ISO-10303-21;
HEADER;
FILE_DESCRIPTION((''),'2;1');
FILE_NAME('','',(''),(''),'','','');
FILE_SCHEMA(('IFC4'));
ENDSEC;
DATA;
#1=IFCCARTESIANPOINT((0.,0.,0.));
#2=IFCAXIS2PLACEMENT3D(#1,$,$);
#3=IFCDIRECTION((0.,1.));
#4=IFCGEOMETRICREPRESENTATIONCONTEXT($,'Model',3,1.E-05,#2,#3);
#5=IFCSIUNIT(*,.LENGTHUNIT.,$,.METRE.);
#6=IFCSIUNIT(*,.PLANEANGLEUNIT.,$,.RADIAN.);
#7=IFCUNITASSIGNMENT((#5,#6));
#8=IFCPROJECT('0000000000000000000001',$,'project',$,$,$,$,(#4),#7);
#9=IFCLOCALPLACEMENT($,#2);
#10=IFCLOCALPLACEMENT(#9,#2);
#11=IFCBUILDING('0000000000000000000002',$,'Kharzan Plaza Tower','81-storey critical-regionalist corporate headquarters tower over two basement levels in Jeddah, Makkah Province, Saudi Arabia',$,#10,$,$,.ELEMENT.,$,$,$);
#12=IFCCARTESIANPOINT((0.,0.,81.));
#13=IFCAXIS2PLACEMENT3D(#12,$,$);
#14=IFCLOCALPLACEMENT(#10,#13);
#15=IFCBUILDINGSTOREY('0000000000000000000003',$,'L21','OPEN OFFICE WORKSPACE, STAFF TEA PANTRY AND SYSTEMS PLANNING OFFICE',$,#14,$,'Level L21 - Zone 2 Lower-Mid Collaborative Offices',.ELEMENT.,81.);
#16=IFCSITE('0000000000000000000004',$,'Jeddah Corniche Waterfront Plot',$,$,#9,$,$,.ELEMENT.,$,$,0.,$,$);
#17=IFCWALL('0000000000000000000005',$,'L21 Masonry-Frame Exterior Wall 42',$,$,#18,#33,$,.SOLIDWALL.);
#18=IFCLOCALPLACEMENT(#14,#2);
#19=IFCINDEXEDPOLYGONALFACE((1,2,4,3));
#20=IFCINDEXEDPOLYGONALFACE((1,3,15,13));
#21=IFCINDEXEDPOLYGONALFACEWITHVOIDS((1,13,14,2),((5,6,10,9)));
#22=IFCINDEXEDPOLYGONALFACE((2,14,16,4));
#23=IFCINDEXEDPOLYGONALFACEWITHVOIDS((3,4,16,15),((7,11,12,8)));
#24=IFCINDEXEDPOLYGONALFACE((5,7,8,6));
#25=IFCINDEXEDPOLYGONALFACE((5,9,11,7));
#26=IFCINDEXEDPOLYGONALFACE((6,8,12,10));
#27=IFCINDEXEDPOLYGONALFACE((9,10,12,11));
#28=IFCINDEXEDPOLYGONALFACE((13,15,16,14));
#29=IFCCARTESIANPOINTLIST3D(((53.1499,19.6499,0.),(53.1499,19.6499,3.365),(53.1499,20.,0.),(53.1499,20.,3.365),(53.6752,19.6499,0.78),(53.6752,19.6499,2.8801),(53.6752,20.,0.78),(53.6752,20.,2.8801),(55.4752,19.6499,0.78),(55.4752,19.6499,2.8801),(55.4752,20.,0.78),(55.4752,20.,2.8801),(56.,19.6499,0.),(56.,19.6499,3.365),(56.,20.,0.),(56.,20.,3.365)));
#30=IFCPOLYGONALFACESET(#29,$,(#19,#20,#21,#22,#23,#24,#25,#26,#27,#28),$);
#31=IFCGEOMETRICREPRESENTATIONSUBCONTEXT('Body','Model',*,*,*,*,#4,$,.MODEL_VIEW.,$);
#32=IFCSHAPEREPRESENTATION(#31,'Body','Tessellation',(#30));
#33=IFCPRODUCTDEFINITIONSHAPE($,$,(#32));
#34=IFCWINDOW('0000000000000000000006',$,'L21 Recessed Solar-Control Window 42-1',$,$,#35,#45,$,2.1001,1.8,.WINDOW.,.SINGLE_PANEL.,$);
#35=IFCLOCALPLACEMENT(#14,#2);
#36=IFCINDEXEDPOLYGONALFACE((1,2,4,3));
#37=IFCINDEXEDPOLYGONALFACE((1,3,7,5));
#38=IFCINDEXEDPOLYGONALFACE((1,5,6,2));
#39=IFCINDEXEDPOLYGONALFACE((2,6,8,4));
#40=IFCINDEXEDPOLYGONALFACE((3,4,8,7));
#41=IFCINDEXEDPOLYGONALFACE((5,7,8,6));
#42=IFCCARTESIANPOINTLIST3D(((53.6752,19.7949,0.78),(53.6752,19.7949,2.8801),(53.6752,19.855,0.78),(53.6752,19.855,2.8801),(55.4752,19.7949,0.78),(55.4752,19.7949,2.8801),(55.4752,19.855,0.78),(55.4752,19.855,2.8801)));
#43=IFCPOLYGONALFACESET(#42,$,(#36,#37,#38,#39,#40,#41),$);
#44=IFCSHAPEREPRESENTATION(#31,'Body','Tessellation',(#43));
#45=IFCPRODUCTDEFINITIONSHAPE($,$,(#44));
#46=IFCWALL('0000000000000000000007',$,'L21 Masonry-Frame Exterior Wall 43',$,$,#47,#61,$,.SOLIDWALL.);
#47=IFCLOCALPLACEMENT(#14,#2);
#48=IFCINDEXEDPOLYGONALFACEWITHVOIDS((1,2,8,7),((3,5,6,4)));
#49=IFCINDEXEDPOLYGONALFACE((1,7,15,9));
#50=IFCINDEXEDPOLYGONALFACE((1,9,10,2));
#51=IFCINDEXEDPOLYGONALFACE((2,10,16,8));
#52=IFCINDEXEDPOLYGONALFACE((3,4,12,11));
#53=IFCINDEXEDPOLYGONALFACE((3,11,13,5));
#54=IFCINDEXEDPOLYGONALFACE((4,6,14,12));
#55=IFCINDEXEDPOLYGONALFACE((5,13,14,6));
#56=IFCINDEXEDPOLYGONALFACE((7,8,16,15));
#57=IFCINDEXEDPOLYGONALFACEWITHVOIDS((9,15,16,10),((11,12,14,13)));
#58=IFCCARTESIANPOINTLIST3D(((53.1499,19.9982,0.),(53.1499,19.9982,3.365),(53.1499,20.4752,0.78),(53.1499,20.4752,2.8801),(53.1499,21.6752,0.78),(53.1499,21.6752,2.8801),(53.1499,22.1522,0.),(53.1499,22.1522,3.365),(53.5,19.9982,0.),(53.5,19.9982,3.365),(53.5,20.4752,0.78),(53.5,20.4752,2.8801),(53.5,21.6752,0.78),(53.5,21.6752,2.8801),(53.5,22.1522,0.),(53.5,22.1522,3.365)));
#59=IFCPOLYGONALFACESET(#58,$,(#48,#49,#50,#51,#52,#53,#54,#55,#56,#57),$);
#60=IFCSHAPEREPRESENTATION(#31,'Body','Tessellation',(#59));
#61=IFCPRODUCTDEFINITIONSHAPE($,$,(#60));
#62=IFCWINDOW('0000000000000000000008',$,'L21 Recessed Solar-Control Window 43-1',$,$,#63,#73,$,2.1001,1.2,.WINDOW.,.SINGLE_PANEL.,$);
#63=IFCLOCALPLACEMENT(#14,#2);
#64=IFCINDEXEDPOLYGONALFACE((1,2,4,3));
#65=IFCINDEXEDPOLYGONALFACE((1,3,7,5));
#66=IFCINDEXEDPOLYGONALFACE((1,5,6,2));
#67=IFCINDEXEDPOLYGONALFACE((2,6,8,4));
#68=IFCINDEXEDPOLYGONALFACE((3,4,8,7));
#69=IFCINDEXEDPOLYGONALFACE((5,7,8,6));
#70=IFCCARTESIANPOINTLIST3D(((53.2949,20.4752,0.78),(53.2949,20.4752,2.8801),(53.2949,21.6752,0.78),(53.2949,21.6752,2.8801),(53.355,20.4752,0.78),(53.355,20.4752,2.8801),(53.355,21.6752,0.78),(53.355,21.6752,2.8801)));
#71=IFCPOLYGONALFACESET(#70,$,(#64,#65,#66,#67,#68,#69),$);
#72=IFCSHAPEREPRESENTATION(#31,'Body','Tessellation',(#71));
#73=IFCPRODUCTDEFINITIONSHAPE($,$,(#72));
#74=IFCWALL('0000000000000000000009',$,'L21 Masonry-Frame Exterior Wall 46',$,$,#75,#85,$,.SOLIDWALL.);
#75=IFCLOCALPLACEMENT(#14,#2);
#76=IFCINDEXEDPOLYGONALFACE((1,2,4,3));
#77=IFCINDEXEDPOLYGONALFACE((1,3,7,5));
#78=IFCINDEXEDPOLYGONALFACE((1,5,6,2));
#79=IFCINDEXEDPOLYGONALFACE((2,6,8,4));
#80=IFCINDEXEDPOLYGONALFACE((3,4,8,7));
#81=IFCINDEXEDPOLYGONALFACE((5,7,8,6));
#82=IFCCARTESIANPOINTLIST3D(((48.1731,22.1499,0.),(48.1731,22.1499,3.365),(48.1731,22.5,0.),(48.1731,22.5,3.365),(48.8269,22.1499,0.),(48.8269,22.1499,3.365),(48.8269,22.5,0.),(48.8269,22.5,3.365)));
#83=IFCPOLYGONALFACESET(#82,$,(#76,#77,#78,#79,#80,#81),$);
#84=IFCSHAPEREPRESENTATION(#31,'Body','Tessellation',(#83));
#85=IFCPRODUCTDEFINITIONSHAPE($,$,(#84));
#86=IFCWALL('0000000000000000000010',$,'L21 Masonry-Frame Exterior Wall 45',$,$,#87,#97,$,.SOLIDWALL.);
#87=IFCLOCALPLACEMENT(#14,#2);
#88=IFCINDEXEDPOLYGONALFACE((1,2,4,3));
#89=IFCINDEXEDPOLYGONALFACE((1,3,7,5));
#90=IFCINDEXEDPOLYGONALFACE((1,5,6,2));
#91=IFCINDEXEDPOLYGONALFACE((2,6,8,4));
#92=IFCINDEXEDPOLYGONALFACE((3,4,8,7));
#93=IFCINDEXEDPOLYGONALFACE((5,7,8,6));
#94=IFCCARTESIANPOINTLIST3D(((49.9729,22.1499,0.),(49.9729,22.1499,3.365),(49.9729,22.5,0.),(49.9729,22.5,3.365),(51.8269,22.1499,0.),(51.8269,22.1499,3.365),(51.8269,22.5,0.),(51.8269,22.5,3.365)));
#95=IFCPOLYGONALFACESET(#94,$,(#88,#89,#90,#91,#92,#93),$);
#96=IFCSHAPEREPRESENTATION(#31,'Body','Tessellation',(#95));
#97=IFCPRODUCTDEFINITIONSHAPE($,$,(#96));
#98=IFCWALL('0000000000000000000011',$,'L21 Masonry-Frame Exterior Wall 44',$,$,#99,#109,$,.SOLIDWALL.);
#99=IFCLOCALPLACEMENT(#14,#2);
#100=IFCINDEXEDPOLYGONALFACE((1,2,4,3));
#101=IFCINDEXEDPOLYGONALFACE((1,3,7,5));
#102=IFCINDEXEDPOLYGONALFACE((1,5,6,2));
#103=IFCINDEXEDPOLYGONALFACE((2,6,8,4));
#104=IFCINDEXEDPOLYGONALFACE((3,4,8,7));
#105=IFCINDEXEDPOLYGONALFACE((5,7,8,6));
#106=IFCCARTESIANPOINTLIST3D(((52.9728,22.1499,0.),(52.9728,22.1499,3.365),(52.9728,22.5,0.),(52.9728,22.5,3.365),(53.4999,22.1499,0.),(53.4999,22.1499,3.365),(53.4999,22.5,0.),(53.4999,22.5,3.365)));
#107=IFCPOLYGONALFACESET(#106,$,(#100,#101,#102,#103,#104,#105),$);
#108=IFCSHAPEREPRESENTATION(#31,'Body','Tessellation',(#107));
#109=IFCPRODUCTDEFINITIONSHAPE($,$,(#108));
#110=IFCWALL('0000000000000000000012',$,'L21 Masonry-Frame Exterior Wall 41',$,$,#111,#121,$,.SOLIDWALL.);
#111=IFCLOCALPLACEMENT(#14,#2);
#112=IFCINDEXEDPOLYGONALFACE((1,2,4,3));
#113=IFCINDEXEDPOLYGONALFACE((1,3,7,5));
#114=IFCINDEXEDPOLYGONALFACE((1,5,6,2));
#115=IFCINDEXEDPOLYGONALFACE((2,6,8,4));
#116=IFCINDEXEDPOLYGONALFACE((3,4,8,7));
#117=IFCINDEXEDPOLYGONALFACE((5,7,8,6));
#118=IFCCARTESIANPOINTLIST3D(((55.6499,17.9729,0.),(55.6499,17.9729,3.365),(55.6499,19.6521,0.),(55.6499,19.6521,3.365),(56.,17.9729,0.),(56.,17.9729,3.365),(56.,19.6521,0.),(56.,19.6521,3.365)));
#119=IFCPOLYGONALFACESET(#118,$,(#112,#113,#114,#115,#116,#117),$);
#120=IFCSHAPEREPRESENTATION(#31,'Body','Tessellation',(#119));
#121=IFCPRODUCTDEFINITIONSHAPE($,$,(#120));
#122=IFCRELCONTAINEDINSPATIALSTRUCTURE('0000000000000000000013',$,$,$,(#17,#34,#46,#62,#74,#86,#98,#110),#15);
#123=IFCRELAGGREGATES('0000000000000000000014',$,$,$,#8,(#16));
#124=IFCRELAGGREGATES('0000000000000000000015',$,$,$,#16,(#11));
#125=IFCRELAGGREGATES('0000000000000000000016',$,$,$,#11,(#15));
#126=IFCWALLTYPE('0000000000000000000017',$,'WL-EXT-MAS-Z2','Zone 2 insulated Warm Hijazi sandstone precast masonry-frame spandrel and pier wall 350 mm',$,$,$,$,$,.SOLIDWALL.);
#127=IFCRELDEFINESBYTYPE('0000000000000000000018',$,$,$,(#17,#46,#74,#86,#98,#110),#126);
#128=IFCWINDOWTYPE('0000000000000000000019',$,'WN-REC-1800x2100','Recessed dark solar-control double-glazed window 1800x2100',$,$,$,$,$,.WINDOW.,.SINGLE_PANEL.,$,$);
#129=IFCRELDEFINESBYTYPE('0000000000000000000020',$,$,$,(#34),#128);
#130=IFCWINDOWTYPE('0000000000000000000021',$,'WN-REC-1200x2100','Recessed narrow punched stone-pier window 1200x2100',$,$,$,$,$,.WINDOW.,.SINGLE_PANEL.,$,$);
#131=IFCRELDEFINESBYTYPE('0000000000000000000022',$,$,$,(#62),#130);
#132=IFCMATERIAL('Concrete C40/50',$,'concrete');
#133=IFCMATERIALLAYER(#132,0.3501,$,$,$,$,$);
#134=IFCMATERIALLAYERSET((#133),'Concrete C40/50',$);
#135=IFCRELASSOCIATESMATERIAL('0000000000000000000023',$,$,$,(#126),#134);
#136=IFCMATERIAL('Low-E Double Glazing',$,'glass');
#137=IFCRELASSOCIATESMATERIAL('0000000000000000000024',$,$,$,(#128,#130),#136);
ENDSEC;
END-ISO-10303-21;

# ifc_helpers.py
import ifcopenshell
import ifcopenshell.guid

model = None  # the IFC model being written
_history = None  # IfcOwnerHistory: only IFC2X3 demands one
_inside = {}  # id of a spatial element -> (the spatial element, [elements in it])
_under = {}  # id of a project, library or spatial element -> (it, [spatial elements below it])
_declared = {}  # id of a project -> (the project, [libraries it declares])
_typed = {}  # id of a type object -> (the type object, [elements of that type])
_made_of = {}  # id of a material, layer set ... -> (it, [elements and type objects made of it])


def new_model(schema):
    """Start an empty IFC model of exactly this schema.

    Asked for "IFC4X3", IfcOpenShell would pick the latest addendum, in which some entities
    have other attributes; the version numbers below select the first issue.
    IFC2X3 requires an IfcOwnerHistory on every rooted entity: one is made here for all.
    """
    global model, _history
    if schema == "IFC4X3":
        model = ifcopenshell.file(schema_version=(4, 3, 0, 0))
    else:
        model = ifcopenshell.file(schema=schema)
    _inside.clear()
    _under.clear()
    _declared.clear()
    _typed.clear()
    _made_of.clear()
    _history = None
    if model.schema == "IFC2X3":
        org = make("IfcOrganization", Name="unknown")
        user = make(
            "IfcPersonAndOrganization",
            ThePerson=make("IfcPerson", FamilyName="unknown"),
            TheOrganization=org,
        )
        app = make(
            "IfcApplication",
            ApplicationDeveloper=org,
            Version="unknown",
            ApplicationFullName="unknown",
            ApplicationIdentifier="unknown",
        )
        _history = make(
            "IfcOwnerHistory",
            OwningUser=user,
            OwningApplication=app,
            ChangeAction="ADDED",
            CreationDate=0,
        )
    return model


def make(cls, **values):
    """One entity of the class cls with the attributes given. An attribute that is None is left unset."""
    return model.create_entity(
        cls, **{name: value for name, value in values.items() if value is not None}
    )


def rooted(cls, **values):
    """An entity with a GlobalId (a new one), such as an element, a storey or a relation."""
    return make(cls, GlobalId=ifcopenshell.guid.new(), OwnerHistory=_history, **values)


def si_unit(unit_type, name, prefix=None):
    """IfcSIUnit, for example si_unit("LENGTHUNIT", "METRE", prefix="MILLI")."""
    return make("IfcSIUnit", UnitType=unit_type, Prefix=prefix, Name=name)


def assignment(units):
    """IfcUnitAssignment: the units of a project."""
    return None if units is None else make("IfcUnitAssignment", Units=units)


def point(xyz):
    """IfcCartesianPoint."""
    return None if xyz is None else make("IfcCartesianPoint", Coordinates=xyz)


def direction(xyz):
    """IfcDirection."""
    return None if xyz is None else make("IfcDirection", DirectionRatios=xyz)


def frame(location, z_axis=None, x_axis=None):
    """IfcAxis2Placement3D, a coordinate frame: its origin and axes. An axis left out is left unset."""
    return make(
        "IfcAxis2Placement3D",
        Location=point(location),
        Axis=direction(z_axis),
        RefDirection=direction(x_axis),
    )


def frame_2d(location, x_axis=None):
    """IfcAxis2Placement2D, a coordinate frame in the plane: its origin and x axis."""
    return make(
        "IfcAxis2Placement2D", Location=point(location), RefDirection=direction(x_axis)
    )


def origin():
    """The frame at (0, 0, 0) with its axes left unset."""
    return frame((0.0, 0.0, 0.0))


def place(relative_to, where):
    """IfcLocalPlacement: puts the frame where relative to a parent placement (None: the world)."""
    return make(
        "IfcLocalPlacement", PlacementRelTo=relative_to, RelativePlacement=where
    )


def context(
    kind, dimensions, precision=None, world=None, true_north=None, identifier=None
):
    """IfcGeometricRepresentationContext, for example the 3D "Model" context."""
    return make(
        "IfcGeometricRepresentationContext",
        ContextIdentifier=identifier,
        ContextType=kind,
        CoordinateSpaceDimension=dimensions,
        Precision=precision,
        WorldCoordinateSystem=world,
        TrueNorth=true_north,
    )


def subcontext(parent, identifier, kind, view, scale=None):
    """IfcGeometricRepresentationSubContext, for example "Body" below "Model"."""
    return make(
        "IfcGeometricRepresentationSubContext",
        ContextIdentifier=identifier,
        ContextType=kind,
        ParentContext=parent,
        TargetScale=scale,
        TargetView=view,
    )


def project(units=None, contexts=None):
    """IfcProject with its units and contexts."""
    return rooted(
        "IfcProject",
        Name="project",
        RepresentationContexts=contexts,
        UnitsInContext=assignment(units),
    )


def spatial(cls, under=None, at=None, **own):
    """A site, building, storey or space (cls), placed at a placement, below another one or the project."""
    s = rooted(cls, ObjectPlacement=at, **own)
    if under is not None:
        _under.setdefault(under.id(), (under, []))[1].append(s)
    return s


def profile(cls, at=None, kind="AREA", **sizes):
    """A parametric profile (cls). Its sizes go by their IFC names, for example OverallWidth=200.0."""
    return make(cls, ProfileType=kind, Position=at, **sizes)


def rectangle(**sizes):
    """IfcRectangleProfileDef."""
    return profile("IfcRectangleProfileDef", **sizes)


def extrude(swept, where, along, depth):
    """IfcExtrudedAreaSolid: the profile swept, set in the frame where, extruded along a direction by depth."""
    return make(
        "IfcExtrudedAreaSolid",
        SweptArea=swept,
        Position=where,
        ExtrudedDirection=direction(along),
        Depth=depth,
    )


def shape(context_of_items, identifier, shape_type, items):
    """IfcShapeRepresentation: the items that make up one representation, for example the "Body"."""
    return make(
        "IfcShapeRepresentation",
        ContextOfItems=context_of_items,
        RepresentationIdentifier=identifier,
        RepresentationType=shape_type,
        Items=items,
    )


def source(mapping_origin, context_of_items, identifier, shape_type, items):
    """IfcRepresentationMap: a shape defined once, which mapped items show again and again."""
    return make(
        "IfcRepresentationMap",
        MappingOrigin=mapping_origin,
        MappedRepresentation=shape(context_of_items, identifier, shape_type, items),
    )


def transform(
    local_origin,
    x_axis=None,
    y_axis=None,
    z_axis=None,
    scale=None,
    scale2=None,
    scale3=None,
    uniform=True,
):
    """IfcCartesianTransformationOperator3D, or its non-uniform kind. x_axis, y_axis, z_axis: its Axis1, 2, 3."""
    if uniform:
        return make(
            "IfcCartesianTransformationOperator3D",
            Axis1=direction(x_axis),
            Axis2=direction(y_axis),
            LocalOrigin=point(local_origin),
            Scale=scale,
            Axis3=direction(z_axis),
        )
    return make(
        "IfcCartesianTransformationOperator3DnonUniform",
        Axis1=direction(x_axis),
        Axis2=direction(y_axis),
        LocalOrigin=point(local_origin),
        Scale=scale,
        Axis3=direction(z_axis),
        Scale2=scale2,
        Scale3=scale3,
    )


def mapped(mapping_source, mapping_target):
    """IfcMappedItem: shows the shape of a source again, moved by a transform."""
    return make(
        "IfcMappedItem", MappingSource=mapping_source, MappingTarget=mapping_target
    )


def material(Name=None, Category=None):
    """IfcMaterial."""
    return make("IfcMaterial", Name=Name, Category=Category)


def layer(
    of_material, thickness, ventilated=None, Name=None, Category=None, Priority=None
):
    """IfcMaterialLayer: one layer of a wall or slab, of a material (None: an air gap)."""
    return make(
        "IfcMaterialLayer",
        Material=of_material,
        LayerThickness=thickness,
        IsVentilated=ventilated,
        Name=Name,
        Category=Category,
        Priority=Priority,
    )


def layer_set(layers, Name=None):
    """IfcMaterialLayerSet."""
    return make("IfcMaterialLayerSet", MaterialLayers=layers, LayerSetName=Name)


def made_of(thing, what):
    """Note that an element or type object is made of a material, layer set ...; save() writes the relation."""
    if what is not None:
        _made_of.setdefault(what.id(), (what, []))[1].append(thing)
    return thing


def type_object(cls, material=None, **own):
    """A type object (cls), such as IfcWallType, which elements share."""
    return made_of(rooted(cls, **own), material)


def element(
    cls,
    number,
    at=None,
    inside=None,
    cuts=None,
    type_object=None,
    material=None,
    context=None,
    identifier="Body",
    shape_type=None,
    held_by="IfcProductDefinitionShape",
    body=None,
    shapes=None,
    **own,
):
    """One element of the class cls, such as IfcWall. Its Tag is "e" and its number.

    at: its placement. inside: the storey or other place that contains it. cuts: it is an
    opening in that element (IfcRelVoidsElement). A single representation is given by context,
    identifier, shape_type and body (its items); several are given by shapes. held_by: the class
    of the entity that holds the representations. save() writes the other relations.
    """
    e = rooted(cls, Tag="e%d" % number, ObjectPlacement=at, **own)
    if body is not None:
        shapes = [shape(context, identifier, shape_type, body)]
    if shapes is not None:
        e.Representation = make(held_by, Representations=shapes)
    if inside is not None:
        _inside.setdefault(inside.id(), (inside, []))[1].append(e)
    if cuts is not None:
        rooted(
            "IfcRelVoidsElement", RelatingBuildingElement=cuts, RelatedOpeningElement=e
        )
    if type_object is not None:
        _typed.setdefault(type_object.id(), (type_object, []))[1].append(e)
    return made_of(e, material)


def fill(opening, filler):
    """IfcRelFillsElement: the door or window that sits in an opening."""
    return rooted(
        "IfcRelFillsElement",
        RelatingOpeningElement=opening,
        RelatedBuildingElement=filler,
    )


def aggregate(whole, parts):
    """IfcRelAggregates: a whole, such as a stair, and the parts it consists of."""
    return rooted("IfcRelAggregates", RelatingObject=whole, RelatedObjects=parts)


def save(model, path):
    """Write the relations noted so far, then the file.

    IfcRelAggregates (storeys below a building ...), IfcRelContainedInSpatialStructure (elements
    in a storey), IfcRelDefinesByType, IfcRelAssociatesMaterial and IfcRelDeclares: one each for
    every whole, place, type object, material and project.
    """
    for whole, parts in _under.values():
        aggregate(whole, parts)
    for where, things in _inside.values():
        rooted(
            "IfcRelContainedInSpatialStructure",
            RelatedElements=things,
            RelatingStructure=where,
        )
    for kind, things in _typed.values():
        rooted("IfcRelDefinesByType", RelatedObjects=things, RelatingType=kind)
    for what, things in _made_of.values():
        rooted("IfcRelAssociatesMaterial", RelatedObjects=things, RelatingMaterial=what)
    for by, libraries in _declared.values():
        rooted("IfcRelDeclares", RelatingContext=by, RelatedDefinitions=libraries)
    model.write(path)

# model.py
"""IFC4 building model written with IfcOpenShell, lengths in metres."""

from ifc_helpers import new_model, si_unit, direction, frame, frame_2d, origin, place, context, subcontext, project, spatial, rectangle, extrude, source, transform, mapped, material, layer, layer_set, type_object, element, fill, save


model = new_model("IFC4")

# Units and contexts
model_context = context("Model", 3, precision=1e-05, world=origin(), true_north=direction((0.0, 1.0)))
body_context = subcontext(model_context, "Body", "Model", "MODEL_VIEW")
ifc_project = project(units=[si_unit("LENGTHUNIT", "METRE"), si_unit("PLANEANGLEUNIT", "RADIAN")], contexts=[model_context])

# Site, building, storey
site_placement = place(None, origin())
site = spatial("IfcSite", under=ifc_project, at=site_placement, Name="Jeddah Corniche Waterfront Plot", CompositionType="ELEMENT", RefElevation=0.0)
building_placement = place(site_placement, origin())
building = spatial("IfcBuilding", under=site, at=building_placement, Name="Kharzan Plaza Tower", Description="81-storey critical-regionalist corporate headquarters tower over two basement levels in Jeddah, Makkah Province, Saudi Arabia", CompositionType="ELEMENT")
storey_placement = place(building_placement, frame((0.0, 0.0, 81.0)))
storey = spatial("IfcBuildingStorey", under=building, at=storey_placement, Name="L21", Description="OPEN OFFICE WORKSPACE, STAFF TEA PANTRY AND SYSTEMS PLANNING OFFICE", LongName="Level L21 - Zone 2 Lower-Mid Collaborative Offices", CompositionType="ELEMENT", Elevation=81.0)

# Walls, openings, windows
ifc_material_1 = material(Name="Concrete C40/50", Category="concrete")
ifc_layer = layer(ifc_material_1, 0.3501)
ifc_layer_set = layer_set([ifc_layer], Name="Concrete C40/50")
wall_type = type_object("IfcWallType", Name="WL-EXT-MAS-Z2", Description="Zone 2 insulated Warm Hijazi sandstone precast masonry-frame spandrel and pier wall 350 mm", PredefinedType="SOLIDWALL", material=ifc_layer_set)
ifc_material_2 = material(Name="Low-E Double Glazing", Category="glass")
window_type_1 = type_object("IfcWindowType", Name="WN-REC-1800x2100", Description="Recessed dark solar-control double-glazed window 1800x2100", PartitioningType="SINGLE_PANEL", PredefinedType="WINDOW", material=ifc_material_2)
shared_shape_1 = source(origin(), body_context, "Body", "SweptSolid", [
    extrude(rectangle(XDim=1.8, YDim=2.1001, at=frame_2d((0.8999, 1.05))), frame((0.0, 0.03, 0.0), z_axis=(0.0, -1.0, 0.0), x_axis=(1.0, 0.0, 0.0)), (0.0, 0.0, 1.0), 0.0601),
])
wall_1_placement = place(storey_placement, frame((56.0, 19.825, 0.0), z_axis=(0.0, 0.0, 1.0), x_axis=(-1.0, 0.0, 0.0)))
wall_1 = element("IfcWall", 1, at=wall_1_placement, inside=storey, type_object=wall_type, Name="L21 Masonry-Frame Exterior Wall 42", PredefinedType="SOLIDWALL", context=body_context, shape_type="SweptSolid", body=[
    extrude(rectangle(XDim=2.8501, YDim=0.3501, at=frame_2d((1.425, 0.0))), origin(), (0.0, 0.0, 1.0), 3.365),
])
opening_1_placement = place(wall_1_placement, frame((0.5249, 0.0, 0.78)))
opening_1 = element("IfcOpeningElement", 2, at=opening_1_placement, cuts=wall_1, PredefinedType="OPENING", context=body_context, shape_type="SweptSolid", body=[
    extrude(rectangle(XDim=1.8, YDim=2.1001, at=frame_2d((0.8999, 1.05))), frame((0.0, 0.1851, 0.0), z_axis=(0.0, -1.0, 0.0), x_axis=(1.0, 0.0, 0.0)), (0.0, 0.0, 1.0), 0.3701),
])
window_1_placement = place(opening_1_placement, origin())
window_1 = element("IfcWindow", 3, at=window_1_placement, inside=storey, type_object=window_type_1, Name="L21 Recessed Solar-Control Window 42-1", OverallHeight=2.1001, OverallWidth=1.8, PartitioningType="SINGLE_PANEL", PredefinedType="WINDOW", context=body_context, shape_type="MappedRepresentation", body=[
    mapped(shared_shape_1, transform((0.0, 0.0, 0.0), x_axis=(1.0, 0.0, 0.0), y_axis=(0.0, 1.0, 0.0), z_axis=(0.0, 0.0, 1.0))),
])
fill(opening_1, window_1)
wall_2_placement = place(storey_placement, frame((53.325, 19.998, 0.0), z_axis=(0.0, 0.0, 1.0), x_axis=(0.0, 1.0, 0.0)))
wall_2 = element("IfcWall", 4, at=wall_2_placement, inside=storey, type_object=wall_type, Name="L21 Masonry-Frame Exterior Wall 43", PredefinedType="SOLIDWALL", context=body_context, shape_type="SweptSolid", body=[
    extrude(rectangle(XDim=2.1541, YDim=0.3501, at=frame_2d((1.0771, 0.0))), origin(), (0.0, 0.0, 1.0), 3.365),
])
opening_2_placement = place(wall_2_placement, frame((0.4771, 0.0, 0.78)))
opening_2 = element("IfcOpeningElement", 5, at=opening_2_placement, cuts=wall_2, PredefinedType="OPENING", context=body_context, shape_type="SweptSolid", body=[
    extrude(rectangle(XDim=1.2, YDim=2.1001, at=frame_2d((0.6001, 1.05))), frame((0.0, 0.1851, 0.0), z_axis=(0.0, -1.0, 0.0), x_axis=(1.0, 0.0, 0.0)), (0.0, 0.0, 1.0), 0.3701),
])
window_type_2 = type_object("IfcWindowType", Name="WN-REC-1200x2100", Description="Recessed narrow punched stone-pier window 1200x2100", PartitioningType="SINGLE_PANEL", PredefinedType="WINDOW", material=ifc_material_2)
shared_shape_2 = source(origin(), body_context, "Body", "SweptSolid", [
    extrude(rectangle(XDim=1.2, YDim=2.1001, at=frame_2d((0.6001, 1.05))), frame((0.0, 0.03, 0.0), z_axis=(0.0, -1.0, 0.0), x_axis=(1.0, 0.0, 0.0)), (0.0, 0.0, 1.0), 0.0601),
])
window_2_placement = place(opening_2_placement, origin())
window_2 = element("IfcWindow", 6, at=window_2_placement, inside=storey, type_object=window_type_2, Name="L21 Recessed Solar-Control Window 43-1", OverallHeight=2.1001, OverallWidth=1.2, PartitioningType="SINGLE_PANEL", PredefinedType="WINDOW", context=body_context, shape_type="MappedRepresentation", body=[
    mapped(shared_shape_2, transform((0.0, 0.0, 0.0), x_axis=(1.0, 0.0, 0.0), y_axis=(0.0, 1.0, 0.0), z_axis=(0.0, 0.0, 1.0))),
])
fill(opening_2, window_2)

# Walls
shared_shape_3 = source(origin(), body_context, "Body", "SweptSolid", [
    extrude(rectangle(XDim=0.6538, YDim=0.3501, at=frame_2d((0.3269, 0.0))), origin(), (0.0, 0.0, 1.0), 3.365),
])
wall_3_placement = place(storey_placement, frame((48.8269, 22.325, 0.0), z_axis=(0.0, 0.0, 1.0), x_axis=(-1.0, 0.0, 0.0)))
element("IfcWall", 7, at=wall_3_placement, inside=storey, type_object=wall_type, Name="L21 Masonry-Frame Exterior Wall 46", PredefinedType="SOLIDWALL", context=body_context, shape_type="MappedRepresentation", body=[
    mapped(shared_shape_3, transform((0.0, 0.0, 0.0), x_axis=(1.0, 0.0, 0.0), y_axis=(0.0, 1.0, 0.0), z_axis=(0.0, 0.0, 1.0))),
])
shared_shape_4 = source(origin(), body_context, "Body", "SweptSolid", [
    extrude(rectangle(XDim=1.854, YDim=0.3501, at=frame_2d((0.927, 0.0))), origin(), (0.0, 0.0, 1.0), 3.365),
])
wall_4_placement = place(storey_placement, frame((51.8269, 22.325, 0.0), z_axis=(0.0, 0.0, 1.0), x_axis=(-1.0, 0.0, 0.0)))
element("IfcWall", 8, at=wall_4_placement, inside=storey, type_object=wall_type, Name="L21 Masonry-Frame Exterior Wall 45", PredefinedType="SOLIDWALL", context=body_context, shape_type="MappedRepresentation", body=[
    mapped(shared_shape_4, transform((0.0, 0.0, 0.0), x_axis=(1.0, 0.0, 0.0), y_axis=(0.0, 1.0, 0.0), z_axis=(0.0, 0.0, 1.0))),
])
shared_shape_5 = source(origin(), body_context, "Body", "SweptSolid", [
    extrude(rectangle(XDim=0.5271, YDim=0.3501, at=frame_2d((0.2637, 0.0))), origin(), (0.0, 0.0, 1.0), 3.365),
])
wall_5_placement = place(storey_placement, frame((53.5, 22.325, 0.0), z_axis=(0.0, 0.0, 1.0), x_axis=(-1.0, 0.0, 0.0)))
element("IfcWall", 9, at=wall_5_placement, inside=storey, type_object=wall_type, Name="L21 Masonry-Frame Exterior Wall 44", PredefinedType="SOLIDWALL", context=body_context, shape_type="MappedRepresentation", body=[
    mapped(shared_shape_5, transform((0.0, 0.0, 0.0), x_axis=(1.0, 0.0, 0.0), y_axis=(0.0, 1.0, 0.0), z_axis=(0.0, 0.0, 1.0))),
])
shared_shape_6 = source(origin(), body_context, "Body", "SweptSolid", [
    extrude(rectangle(XDim=1.6792, YDim=0.3501, at=frame_2d((0.8396, 0.0))), origin(), (0.0, 0.0, 1.0), 3.365),
])
wall_6_placement = place(storey_placement, frame((55.825, 17.9729, 0.0), z_axis=(0.0, 0.0, 1.0), x_axis=(0.0, 1.0, 0.0)))
element("IfcWall", 10, at=wall_6_placement, inside=storey, type_object=wall_type, Name="L21 Masonry-Frame Exterior Wall 41", PredefinedType="SOLIDWALL", context=body_context, shape_type="MappedRepresentation", body=[
    mapped(shared_shape_6, transform((0.0, 0.0, 0.0), x_axis=(1.0, 0.0, 0.0), y_axis=(0.0, 1.0, 0.0), z_axis=(0.0, 0.0, 1.0))),
])

save(model, "model.ifc")
